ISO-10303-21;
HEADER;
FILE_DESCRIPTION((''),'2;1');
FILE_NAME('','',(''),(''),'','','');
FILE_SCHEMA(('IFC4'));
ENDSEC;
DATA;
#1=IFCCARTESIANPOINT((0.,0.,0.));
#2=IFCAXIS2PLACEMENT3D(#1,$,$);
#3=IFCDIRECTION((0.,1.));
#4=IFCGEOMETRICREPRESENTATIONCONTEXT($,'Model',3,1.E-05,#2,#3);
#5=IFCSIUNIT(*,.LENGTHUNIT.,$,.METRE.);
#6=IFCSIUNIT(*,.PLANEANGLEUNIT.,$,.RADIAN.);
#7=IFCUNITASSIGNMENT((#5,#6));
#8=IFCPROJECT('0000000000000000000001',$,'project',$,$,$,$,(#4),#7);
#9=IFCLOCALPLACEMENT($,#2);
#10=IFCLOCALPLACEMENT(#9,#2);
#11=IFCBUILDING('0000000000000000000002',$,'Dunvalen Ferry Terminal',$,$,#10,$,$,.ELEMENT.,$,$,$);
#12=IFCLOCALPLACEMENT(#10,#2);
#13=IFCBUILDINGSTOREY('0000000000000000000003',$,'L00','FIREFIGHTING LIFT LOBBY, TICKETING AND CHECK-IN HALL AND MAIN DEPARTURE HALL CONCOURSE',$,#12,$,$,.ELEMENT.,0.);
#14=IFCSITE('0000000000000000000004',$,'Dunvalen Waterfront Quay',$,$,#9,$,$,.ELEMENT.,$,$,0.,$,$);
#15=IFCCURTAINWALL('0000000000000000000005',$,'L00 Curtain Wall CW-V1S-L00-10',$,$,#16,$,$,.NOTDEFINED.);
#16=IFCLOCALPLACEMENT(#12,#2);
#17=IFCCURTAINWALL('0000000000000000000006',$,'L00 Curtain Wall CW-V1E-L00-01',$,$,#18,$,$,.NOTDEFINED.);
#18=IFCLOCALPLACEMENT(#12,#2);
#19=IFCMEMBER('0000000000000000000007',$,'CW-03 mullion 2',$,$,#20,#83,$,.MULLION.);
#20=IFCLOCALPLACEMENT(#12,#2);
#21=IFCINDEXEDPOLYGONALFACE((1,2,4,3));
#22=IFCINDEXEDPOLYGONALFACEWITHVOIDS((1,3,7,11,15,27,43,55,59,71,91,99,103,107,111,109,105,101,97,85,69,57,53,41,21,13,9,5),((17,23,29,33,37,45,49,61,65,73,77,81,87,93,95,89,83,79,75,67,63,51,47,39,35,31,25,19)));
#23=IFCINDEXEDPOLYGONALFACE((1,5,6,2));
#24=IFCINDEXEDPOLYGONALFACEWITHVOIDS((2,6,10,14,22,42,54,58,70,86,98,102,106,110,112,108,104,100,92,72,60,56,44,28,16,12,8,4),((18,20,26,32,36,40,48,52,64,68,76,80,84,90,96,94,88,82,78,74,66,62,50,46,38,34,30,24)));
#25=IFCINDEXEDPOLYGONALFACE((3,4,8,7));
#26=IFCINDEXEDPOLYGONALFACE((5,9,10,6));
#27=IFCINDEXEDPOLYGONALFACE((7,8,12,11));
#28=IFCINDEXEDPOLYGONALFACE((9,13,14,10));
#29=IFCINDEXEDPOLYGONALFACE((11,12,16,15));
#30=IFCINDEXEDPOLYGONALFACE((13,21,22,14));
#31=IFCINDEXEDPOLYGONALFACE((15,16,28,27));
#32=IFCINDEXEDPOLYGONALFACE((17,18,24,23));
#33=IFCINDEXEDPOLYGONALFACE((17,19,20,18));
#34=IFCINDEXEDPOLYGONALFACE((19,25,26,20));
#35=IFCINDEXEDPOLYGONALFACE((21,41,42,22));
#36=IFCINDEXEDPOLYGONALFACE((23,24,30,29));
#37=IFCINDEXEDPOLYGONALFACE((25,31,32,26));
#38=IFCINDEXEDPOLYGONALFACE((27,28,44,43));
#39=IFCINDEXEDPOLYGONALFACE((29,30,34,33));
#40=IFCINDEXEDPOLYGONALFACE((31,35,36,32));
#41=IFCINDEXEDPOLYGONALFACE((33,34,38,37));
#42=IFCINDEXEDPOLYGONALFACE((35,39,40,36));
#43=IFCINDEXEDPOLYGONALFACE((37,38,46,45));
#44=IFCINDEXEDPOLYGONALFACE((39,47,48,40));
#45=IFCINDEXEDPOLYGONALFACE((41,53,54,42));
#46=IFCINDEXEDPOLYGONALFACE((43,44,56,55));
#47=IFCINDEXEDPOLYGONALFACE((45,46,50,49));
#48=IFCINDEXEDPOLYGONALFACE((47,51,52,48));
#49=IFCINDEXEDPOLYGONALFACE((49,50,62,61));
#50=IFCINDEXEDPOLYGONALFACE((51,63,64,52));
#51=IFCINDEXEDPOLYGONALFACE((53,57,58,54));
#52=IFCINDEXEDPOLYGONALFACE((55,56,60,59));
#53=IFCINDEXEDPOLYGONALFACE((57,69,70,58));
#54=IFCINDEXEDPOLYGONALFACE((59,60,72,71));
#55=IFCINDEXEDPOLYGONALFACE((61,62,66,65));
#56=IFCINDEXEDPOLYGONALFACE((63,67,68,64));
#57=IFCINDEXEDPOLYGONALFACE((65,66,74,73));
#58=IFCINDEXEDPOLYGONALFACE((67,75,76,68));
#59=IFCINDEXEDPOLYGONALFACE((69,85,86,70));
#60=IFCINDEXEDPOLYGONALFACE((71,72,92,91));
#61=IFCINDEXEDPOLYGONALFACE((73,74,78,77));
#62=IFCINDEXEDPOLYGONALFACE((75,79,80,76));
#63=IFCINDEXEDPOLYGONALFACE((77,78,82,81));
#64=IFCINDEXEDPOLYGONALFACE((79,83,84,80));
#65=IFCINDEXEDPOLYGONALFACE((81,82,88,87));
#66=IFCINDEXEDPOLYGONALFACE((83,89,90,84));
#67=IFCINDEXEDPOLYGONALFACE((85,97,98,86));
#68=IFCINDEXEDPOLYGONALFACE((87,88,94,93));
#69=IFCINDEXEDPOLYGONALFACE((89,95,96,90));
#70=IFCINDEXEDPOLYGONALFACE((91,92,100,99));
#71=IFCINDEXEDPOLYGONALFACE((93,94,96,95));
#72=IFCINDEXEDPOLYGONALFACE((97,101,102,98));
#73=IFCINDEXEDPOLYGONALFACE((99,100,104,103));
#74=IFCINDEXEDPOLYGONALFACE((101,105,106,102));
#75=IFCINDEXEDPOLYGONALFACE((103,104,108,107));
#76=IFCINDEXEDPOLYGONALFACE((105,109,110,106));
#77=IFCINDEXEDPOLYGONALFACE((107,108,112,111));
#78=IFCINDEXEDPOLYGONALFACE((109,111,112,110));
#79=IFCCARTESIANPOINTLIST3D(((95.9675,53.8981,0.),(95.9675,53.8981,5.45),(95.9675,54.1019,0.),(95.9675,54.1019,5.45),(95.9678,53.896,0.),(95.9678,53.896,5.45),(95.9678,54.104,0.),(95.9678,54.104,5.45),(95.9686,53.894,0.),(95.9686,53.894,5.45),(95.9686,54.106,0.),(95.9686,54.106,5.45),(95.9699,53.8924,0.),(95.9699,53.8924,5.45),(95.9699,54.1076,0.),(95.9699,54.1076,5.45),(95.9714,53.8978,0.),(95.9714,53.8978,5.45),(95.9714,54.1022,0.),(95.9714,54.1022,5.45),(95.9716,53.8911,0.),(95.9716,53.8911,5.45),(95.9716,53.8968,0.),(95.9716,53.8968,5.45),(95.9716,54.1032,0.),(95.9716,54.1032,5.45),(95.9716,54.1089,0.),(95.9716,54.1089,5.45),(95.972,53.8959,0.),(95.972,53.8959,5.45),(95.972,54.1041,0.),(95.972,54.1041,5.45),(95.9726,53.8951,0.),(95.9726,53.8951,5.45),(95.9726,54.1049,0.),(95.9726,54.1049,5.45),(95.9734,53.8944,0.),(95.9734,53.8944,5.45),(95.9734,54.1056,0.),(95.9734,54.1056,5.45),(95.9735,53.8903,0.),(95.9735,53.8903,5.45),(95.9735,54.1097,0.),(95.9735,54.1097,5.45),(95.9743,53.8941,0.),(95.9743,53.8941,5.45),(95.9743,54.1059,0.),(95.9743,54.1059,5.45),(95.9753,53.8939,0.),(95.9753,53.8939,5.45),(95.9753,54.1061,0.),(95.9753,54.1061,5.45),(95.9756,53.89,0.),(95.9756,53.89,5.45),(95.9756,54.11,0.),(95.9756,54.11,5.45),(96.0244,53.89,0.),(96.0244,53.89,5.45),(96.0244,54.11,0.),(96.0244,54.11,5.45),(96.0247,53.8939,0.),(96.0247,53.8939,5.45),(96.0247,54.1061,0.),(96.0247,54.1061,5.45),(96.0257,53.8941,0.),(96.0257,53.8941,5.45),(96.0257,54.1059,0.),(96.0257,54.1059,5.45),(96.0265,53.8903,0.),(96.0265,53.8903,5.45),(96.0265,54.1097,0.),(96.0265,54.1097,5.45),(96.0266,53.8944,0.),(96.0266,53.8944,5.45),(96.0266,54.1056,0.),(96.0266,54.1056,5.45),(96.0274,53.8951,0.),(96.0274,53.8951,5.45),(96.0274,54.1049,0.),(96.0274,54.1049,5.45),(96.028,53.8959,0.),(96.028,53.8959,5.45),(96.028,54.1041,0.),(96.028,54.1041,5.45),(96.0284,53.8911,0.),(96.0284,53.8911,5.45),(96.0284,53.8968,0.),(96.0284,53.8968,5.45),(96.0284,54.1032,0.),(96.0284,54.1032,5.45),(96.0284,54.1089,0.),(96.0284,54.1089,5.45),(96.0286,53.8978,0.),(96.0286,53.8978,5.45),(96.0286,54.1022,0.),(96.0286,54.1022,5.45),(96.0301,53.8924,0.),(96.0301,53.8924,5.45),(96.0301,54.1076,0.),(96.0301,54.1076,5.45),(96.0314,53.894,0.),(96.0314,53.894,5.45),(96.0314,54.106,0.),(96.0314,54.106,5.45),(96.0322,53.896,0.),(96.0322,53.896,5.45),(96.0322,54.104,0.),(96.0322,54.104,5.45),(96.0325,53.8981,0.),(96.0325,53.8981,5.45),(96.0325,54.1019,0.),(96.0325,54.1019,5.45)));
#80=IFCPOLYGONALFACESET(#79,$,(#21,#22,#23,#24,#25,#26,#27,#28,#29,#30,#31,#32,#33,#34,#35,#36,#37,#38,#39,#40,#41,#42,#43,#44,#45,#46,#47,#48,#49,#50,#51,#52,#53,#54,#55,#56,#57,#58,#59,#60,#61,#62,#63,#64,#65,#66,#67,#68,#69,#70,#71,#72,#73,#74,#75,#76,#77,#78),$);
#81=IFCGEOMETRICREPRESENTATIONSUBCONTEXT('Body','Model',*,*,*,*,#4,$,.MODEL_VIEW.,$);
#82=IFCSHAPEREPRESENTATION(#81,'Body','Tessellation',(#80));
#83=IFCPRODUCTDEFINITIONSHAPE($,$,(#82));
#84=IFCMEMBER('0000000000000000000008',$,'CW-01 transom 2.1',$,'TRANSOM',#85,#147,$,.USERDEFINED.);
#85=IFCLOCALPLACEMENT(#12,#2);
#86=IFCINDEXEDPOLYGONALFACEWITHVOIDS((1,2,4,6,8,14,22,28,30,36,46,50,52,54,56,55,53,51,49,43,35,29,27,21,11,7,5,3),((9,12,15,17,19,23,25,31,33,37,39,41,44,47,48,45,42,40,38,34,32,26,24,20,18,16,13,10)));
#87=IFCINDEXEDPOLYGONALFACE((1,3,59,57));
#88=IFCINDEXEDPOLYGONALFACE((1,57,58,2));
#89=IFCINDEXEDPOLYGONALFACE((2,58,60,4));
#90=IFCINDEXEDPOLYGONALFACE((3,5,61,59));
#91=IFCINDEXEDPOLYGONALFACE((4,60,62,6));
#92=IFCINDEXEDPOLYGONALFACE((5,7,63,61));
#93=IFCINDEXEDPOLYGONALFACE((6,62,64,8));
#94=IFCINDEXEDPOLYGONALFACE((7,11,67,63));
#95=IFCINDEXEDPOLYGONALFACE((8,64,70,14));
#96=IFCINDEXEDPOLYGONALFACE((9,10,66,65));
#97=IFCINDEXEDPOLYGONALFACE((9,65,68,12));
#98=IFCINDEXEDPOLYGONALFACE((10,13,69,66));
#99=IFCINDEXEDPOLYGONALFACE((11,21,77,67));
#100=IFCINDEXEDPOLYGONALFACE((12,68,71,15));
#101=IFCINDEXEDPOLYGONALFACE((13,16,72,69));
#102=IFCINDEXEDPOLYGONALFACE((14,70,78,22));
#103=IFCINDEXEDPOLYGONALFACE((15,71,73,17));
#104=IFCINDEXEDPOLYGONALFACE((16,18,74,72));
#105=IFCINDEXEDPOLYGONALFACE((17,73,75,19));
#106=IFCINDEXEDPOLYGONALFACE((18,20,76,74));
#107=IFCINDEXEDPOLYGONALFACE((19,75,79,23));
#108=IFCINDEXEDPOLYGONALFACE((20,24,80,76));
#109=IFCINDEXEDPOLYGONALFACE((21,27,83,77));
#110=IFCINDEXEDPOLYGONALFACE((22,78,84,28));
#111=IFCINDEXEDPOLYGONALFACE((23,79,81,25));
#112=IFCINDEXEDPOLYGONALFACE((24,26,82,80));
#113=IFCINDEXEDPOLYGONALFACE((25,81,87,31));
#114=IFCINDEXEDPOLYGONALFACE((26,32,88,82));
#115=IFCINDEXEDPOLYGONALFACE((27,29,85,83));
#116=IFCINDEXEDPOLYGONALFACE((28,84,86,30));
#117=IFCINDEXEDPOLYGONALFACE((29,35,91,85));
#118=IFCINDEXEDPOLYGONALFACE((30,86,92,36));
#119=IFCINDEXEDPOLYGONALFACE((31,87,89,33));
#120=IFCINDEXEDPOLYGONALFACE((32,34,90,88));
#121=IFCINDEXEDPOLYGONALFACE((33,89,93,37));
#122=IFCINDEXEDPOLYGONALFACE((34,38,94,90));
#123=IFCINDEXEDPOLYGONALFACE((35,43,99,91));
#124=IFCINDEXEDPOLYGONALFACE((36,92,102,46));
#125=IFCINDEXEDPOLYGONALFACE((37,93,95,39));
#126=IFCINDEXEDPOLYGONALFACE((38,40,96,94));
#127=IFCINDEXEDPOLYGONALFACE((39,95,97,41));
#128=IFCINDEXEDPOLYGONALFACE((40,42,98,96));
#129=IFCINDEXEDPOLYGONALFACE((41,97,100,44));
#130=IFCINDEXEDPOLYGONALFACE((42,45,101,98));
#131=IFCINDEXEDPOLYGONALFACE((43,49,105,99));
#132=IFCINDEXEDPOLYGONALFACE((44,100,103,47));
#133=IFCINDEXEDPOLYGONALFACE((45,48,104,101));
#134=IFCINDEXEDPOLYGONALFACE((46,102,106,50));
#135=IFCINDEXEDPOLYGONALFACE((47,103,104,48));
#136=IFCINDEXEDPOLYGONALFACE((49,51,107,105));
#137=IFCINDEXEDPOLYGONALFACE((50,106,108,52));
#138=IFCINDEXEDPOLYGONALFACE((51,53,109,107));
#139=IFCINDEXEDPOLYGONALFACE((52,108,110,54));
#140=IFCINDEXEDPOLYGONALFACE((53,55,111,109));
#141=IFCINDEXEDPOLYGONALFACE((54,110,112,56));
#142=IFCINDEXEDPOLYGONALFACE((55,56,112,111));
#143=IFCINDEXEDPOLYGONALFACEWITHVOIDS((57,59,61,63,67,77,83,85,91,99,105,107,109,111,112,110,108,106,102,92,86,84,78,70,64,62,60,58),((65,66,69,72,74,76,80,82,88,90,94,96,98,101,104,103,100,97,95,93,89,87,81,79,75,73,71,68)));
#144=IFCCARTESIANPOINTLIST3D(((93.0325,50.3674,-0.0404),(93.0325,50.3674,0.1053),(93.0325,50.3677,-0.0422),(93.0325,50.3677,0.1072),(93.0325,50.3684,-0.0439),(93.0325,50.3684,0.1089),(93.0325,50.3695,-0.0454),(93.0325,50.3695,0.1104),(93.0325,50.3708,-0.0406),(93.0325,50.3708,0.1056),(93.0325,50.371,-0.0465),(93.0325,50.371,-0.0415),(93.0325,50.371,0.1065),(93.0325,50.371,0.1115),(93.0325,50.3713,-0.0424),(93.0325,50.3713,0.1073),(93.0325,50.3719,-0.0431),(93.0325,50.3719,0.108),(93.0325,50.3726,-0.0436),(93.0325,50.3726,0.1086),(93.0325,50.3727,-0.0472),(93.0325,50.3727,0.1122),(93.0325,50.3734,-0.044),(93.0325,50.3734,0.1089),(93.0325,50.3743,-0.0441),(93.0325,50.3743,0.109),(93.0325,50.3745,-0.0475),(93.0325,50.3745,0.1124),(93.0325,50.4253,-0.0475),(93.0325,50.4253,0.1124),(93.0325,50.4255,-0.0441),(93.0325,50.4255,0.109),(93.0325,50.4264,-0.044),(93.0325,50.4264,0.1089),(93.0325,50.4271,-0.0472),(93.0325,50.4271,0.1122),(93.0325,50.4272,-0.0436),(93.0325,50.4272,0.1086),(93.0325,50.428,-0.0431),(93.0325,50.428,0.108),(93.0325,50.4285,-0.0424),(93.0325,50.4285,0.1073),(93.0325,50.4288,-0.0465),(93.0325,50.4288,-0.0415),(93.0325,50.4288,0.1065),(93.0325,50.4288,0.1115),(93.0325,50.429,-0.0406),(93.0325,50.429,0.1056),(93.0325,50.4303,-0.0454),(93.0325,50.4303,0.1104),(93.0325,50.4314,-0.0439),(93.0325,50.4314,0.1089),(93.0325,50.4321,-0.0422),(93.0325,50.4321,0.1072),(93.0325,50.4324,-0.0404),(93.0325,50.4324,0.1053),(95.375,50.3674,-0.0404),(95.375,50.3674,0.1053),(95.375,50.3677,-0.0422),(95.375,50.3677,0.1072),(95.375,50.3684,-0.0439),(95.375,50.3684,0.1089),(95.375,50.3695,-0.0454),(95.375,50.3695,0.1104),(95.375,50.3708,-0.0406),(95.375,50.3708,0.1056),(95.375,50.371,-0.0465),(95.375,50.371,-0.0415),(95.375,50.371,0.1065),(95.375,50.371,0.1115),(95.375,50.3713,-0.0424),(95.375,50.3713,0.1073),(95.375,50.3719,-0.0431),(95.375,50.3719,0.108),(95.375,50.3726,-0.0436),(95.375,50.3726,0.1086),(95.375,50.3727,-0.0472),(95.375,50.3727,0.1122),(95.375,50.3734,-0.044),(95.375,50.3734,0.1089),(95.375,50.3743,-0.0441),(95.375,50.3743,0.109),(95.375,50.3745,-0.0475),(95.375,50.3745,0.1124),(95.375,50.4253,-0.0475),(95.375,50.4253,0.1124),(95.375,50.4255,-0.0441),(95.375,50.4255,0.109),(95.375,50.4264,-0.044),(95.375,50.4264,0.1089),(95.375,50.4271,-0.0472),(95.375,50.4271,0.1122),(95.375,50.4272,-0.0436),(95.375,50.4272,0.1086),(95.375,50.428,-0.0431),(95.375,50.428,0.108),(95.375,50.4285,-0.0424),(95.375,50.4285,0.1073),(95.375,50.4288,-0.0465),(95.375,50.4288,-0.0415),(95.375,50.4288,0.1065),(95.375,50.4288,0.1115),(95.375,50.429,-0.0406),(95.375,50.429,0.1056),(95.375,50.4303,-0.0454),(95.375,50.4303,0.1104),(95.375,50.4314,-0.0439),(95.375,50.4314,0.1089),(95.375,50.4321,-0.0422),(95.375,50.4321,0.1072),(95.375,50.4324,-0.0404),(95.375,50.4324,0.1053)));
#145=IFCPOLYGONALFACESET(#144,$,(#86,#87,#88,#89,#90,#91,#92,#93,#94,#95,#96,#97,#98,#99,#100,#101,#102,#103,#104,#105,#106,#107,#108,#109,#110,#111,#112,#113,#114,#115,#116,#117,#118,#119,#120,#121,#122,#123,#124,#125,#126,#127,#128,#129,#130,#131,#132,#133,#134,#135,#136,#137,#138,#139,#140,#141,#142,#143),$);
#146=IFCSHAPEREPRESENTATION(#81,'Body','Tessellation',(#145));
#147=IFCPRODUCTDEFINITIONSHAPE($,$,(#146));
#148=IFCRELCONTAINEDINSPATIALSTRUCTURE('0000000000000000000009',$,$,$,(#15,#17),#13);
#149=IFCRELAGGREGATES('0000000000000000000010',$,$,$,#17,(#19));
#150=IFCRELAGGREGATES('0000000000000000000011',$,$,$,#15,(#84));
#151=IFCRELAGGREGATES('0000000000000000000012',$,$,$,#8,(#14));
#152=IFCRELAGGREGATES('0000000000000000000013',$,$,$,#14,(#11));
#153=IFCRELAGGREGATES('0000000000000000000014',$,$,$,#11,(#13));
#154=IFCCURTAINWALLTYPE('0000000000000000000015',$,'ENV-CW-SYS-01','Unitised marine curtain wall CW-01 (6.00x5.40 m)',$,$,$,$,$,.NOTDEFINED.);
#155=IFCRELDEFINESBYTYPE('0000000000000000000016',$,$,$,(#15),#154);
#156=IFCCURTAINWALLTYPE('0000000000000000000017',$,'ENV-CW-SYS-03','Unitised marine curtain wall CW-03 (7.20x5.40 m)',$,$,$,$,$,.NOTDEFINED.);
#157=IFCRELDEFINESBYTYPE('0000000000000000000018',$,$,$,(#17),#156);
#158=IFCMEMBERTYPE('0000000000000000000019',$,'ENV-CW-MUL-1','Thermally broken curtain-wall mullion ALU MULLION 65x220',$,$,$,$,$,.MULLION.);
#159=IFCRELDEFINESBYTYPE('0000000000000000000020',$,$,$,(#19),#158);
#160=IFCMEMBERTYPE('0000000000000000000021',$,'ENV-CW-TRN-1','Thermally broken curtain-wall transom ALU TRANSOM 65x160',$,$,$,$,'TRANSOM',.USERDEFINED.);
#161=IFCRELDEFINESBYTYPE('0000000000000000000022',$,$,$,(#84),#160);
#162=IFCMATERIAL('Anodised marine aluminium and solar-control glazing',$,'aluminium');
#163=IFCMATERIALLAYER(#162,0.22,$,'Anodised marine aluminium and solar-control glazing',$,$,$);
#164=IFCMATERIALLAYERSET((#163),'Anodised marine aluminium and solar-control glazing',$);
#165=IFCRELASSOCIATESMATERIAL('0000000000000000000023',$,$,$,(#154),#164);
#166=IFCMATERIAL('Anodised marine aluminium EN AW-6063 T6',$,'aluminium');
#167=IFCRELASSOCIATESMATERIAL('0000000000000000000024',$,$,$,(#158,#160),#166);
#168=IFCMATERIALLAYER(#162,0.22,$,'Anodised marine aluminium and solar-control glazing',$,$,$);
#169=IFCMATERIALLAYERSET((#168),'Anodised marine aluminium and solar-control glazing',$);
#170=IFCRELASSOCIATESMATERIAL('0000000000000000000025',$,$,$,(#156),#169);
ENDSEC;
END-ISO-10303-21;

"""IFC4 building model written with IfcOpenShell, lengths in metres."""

from ifc_helpers import new_model, si_unit, direction, frame, origin, origin_2d, place, context, subcontext, project, spatial, hollow_rectangle, extrude, material, layer, layer_set, material_profile, profile_set, type_object, element, aggregate, save


model = new_model("IFC4")

# Units and contexts
model_context = context("Model", 3, precision=1e-05, world=origin(), true_north=direction((0.0, 1.0)))
body_context = subcontext(model_context, "Body", "Model", "MODEL_VIEW")
ifc_project = project(units=[si_unit("LENGTHUNIT", "METRE"), si_unit("PLANEANGLEUNIT", "RADIAN")], contexts=[model_context])

# Site, building, storey
site_placement = place(None, origin())
site = spatial("IfcSite", under=ifc_project, at=site_placement, Name="Dunvalen Waterfront Quay", CompositionType="ELEMENT", RefElevation=0.0)
building_placement = place(site_placement, origin())
building = spatial("IfcBuilding", under=site, at=building_placement, Name="Dunvalen Ferry Terminal", CompositionType="ELEMENT")
storey_placement = place(building_placement, origin())
storey = spatial("IfcBuildingStorey", under=building, at=storey_placement, Name="L00", Description="FIREFIGHTING LIFT LOBBY, TICKETING AND CHECK-IN HALL AND MAIN DEPARTURE HALL CONCOURSE", CompositionType="ELEMENT", Elevation=0.0)

# Curtain wall
ifc_material_1 = material(Name="Anodised marine aluminium and solar-control glazing", Category="aluminium")
ifc_layer_1 = layer(ifc_material_1, 0.22, Name="Anodised marine aluminium and solar-control glazing")
ifc_layer_set_1 = layer_set([ifc_layer_1], Name="Anodised marine aluminium and solar-control glazing")
curtain_wall_type_1 = type_object("IfcCurtainWallType", Name="ENV-CW-SYS-01", Description="Unitised marine curtain wall CW-01 (6.00x5.40 m)", PredefinedType="NOTDEFINED", material=ifc_layer_set_1)
curtain_wall_1_placement = place(storey_placement, origin())
curtain_wall_1 = element("IfcCurtainWall", 1, at=curtain_wall_1_placement, inside=storey, type_object=curtain_wall_type_1, Name="L00 Curtain Wall CW-V1S-L00-10", PredefinedType="NOTDEFINED")
ifc_material_2 = material(Name="Anodised marine aluminium EN AW-6063 T6", Category="aluminium")
ifc_material_profile_1 = material_profile(ifc_material_2, hollow_rectangle(XDim=0.0649, YDim=0.22, WallThickness=0.0039, InnerFilletRadius=0.0039, OuterFilletRadius=0.0081, at=origin_2d()), Name="Anodised marine aluminium EN AW-6063 T6")
ifc_profile_set_1 = profile_set([ifc_material_profile_1], Name="Anodised marine aluminium EN AW-6063 T6")
member_type_1 = type_object("IfcMemberType", Name="ENV-CW-MUL-1", Description="Thermally broken curtain-wall mullion ALU MULLION 65x220", PredefinedType="MULLION", material=ifc_profile_set_1)

# Curtain wall, member
ifc_layer_2 = layer(ifc_material_1, 0.22, Name="Anodised marine aluminium and solar-control glazing")
ifc_layer_set_2 = layer_set([ifc_layer_2], Name="Anodised marine aluminium and solar-control glazing")
curtain_wall_type_2 = type_object("IfcCurtainWallType", Name="ENV-CW-SYS-03", Description="Unitised marine curtain wall CW-03 (7.20x5.40 m)", PredefinedType="NOTDEFINED", material=ifc_layer_set_2)
curtain_wall_2_placement = place(storey_placement, origin())
curtain_wall_2 = element("IfcCurtainWall", 2, at=curtain_wall_2_placement, inside=storey, type_object=curtain_wall_type_2, Name="L00 Curtain Wall CW-V1E-L00-01", PredefinedType="NOTDEFINED")
member_1_placement = place(storey_placement, frame((96.0, 54.0, 0.0), z_axis=(0.0, 0.0, 1.0), x_axis=(-1.0, 0.0, 0.0)))
member_1 = element("IfcMember", 3, at=member_1_placement, type_object=member_type_1, Name="CW-03 mullion 2", PredefinedType="MULLION", context=body_context, shape_type="SweptSolid", body=[
    extrude(hollow_rectangle(XDim=0.0649, YDim=0.22, WallThickness=0.0039, InnerFilletRadius=0.0039, OuterFilletRadius=0.0081, at=origin_2d()), origin(), (0.0, 0.0, 1.0), 5.45),
])

# Member
ifc_material_profile_2 = material_profile(ifc_material_2, hollow_rectangle(XDim=0.0649, YDim=0.1599, WallThickness=0.0034, InnerFilletRadius=0.0034, OuterFilletRadius=0.0071, at=origin_2d()), Name="Anodised marine aluminium EN AW-6063 T6")
ifc_profile_set_2 = profile_set([ifc_material_profile_2], Name="Anodised marine aluminium EN AW-6063 T6")
member_type_2 = type_object("IfcMemberType", Name="ENV-CW-TRN-1", Description="Thermally broken curtain-wall transom ALU TRANSOM 65x160", ElementType="TRANSOM", PredefinedType="USERDEFINED", material=ifc_profile_set_2)
member_2_placement = place(storey_placement, frame((93.0325, 50.3999, 0.0325), z_axis=(1.0, 0.0, 0.0), x_axis=(0.0, 1.0, 0.0)))
member_2 = element("IfcMember", 4, at=member_2_placement, type_object=member_type_2, Name="CW-01 transom 2.1", ObjectType="TRANSOM", PredefinedType="USERDEFINED", context=body_context, shape_type="SweptSolid", body=[
    extrude(hollow_rectangle(XDim=0.0649, YDim=0.1599, WallThickness=0.0034, InnerFilletRadius=0.0034, OuterFilletRadius=0.0071, at=origin_2d()), origin(), (0.0, 0.0, 1.0), 2.3425),
])

aggregate(curtain_wall_2, [member_1])
aggregate(curtain_wall_1, [member_2])

save(model, "model.ifc")
